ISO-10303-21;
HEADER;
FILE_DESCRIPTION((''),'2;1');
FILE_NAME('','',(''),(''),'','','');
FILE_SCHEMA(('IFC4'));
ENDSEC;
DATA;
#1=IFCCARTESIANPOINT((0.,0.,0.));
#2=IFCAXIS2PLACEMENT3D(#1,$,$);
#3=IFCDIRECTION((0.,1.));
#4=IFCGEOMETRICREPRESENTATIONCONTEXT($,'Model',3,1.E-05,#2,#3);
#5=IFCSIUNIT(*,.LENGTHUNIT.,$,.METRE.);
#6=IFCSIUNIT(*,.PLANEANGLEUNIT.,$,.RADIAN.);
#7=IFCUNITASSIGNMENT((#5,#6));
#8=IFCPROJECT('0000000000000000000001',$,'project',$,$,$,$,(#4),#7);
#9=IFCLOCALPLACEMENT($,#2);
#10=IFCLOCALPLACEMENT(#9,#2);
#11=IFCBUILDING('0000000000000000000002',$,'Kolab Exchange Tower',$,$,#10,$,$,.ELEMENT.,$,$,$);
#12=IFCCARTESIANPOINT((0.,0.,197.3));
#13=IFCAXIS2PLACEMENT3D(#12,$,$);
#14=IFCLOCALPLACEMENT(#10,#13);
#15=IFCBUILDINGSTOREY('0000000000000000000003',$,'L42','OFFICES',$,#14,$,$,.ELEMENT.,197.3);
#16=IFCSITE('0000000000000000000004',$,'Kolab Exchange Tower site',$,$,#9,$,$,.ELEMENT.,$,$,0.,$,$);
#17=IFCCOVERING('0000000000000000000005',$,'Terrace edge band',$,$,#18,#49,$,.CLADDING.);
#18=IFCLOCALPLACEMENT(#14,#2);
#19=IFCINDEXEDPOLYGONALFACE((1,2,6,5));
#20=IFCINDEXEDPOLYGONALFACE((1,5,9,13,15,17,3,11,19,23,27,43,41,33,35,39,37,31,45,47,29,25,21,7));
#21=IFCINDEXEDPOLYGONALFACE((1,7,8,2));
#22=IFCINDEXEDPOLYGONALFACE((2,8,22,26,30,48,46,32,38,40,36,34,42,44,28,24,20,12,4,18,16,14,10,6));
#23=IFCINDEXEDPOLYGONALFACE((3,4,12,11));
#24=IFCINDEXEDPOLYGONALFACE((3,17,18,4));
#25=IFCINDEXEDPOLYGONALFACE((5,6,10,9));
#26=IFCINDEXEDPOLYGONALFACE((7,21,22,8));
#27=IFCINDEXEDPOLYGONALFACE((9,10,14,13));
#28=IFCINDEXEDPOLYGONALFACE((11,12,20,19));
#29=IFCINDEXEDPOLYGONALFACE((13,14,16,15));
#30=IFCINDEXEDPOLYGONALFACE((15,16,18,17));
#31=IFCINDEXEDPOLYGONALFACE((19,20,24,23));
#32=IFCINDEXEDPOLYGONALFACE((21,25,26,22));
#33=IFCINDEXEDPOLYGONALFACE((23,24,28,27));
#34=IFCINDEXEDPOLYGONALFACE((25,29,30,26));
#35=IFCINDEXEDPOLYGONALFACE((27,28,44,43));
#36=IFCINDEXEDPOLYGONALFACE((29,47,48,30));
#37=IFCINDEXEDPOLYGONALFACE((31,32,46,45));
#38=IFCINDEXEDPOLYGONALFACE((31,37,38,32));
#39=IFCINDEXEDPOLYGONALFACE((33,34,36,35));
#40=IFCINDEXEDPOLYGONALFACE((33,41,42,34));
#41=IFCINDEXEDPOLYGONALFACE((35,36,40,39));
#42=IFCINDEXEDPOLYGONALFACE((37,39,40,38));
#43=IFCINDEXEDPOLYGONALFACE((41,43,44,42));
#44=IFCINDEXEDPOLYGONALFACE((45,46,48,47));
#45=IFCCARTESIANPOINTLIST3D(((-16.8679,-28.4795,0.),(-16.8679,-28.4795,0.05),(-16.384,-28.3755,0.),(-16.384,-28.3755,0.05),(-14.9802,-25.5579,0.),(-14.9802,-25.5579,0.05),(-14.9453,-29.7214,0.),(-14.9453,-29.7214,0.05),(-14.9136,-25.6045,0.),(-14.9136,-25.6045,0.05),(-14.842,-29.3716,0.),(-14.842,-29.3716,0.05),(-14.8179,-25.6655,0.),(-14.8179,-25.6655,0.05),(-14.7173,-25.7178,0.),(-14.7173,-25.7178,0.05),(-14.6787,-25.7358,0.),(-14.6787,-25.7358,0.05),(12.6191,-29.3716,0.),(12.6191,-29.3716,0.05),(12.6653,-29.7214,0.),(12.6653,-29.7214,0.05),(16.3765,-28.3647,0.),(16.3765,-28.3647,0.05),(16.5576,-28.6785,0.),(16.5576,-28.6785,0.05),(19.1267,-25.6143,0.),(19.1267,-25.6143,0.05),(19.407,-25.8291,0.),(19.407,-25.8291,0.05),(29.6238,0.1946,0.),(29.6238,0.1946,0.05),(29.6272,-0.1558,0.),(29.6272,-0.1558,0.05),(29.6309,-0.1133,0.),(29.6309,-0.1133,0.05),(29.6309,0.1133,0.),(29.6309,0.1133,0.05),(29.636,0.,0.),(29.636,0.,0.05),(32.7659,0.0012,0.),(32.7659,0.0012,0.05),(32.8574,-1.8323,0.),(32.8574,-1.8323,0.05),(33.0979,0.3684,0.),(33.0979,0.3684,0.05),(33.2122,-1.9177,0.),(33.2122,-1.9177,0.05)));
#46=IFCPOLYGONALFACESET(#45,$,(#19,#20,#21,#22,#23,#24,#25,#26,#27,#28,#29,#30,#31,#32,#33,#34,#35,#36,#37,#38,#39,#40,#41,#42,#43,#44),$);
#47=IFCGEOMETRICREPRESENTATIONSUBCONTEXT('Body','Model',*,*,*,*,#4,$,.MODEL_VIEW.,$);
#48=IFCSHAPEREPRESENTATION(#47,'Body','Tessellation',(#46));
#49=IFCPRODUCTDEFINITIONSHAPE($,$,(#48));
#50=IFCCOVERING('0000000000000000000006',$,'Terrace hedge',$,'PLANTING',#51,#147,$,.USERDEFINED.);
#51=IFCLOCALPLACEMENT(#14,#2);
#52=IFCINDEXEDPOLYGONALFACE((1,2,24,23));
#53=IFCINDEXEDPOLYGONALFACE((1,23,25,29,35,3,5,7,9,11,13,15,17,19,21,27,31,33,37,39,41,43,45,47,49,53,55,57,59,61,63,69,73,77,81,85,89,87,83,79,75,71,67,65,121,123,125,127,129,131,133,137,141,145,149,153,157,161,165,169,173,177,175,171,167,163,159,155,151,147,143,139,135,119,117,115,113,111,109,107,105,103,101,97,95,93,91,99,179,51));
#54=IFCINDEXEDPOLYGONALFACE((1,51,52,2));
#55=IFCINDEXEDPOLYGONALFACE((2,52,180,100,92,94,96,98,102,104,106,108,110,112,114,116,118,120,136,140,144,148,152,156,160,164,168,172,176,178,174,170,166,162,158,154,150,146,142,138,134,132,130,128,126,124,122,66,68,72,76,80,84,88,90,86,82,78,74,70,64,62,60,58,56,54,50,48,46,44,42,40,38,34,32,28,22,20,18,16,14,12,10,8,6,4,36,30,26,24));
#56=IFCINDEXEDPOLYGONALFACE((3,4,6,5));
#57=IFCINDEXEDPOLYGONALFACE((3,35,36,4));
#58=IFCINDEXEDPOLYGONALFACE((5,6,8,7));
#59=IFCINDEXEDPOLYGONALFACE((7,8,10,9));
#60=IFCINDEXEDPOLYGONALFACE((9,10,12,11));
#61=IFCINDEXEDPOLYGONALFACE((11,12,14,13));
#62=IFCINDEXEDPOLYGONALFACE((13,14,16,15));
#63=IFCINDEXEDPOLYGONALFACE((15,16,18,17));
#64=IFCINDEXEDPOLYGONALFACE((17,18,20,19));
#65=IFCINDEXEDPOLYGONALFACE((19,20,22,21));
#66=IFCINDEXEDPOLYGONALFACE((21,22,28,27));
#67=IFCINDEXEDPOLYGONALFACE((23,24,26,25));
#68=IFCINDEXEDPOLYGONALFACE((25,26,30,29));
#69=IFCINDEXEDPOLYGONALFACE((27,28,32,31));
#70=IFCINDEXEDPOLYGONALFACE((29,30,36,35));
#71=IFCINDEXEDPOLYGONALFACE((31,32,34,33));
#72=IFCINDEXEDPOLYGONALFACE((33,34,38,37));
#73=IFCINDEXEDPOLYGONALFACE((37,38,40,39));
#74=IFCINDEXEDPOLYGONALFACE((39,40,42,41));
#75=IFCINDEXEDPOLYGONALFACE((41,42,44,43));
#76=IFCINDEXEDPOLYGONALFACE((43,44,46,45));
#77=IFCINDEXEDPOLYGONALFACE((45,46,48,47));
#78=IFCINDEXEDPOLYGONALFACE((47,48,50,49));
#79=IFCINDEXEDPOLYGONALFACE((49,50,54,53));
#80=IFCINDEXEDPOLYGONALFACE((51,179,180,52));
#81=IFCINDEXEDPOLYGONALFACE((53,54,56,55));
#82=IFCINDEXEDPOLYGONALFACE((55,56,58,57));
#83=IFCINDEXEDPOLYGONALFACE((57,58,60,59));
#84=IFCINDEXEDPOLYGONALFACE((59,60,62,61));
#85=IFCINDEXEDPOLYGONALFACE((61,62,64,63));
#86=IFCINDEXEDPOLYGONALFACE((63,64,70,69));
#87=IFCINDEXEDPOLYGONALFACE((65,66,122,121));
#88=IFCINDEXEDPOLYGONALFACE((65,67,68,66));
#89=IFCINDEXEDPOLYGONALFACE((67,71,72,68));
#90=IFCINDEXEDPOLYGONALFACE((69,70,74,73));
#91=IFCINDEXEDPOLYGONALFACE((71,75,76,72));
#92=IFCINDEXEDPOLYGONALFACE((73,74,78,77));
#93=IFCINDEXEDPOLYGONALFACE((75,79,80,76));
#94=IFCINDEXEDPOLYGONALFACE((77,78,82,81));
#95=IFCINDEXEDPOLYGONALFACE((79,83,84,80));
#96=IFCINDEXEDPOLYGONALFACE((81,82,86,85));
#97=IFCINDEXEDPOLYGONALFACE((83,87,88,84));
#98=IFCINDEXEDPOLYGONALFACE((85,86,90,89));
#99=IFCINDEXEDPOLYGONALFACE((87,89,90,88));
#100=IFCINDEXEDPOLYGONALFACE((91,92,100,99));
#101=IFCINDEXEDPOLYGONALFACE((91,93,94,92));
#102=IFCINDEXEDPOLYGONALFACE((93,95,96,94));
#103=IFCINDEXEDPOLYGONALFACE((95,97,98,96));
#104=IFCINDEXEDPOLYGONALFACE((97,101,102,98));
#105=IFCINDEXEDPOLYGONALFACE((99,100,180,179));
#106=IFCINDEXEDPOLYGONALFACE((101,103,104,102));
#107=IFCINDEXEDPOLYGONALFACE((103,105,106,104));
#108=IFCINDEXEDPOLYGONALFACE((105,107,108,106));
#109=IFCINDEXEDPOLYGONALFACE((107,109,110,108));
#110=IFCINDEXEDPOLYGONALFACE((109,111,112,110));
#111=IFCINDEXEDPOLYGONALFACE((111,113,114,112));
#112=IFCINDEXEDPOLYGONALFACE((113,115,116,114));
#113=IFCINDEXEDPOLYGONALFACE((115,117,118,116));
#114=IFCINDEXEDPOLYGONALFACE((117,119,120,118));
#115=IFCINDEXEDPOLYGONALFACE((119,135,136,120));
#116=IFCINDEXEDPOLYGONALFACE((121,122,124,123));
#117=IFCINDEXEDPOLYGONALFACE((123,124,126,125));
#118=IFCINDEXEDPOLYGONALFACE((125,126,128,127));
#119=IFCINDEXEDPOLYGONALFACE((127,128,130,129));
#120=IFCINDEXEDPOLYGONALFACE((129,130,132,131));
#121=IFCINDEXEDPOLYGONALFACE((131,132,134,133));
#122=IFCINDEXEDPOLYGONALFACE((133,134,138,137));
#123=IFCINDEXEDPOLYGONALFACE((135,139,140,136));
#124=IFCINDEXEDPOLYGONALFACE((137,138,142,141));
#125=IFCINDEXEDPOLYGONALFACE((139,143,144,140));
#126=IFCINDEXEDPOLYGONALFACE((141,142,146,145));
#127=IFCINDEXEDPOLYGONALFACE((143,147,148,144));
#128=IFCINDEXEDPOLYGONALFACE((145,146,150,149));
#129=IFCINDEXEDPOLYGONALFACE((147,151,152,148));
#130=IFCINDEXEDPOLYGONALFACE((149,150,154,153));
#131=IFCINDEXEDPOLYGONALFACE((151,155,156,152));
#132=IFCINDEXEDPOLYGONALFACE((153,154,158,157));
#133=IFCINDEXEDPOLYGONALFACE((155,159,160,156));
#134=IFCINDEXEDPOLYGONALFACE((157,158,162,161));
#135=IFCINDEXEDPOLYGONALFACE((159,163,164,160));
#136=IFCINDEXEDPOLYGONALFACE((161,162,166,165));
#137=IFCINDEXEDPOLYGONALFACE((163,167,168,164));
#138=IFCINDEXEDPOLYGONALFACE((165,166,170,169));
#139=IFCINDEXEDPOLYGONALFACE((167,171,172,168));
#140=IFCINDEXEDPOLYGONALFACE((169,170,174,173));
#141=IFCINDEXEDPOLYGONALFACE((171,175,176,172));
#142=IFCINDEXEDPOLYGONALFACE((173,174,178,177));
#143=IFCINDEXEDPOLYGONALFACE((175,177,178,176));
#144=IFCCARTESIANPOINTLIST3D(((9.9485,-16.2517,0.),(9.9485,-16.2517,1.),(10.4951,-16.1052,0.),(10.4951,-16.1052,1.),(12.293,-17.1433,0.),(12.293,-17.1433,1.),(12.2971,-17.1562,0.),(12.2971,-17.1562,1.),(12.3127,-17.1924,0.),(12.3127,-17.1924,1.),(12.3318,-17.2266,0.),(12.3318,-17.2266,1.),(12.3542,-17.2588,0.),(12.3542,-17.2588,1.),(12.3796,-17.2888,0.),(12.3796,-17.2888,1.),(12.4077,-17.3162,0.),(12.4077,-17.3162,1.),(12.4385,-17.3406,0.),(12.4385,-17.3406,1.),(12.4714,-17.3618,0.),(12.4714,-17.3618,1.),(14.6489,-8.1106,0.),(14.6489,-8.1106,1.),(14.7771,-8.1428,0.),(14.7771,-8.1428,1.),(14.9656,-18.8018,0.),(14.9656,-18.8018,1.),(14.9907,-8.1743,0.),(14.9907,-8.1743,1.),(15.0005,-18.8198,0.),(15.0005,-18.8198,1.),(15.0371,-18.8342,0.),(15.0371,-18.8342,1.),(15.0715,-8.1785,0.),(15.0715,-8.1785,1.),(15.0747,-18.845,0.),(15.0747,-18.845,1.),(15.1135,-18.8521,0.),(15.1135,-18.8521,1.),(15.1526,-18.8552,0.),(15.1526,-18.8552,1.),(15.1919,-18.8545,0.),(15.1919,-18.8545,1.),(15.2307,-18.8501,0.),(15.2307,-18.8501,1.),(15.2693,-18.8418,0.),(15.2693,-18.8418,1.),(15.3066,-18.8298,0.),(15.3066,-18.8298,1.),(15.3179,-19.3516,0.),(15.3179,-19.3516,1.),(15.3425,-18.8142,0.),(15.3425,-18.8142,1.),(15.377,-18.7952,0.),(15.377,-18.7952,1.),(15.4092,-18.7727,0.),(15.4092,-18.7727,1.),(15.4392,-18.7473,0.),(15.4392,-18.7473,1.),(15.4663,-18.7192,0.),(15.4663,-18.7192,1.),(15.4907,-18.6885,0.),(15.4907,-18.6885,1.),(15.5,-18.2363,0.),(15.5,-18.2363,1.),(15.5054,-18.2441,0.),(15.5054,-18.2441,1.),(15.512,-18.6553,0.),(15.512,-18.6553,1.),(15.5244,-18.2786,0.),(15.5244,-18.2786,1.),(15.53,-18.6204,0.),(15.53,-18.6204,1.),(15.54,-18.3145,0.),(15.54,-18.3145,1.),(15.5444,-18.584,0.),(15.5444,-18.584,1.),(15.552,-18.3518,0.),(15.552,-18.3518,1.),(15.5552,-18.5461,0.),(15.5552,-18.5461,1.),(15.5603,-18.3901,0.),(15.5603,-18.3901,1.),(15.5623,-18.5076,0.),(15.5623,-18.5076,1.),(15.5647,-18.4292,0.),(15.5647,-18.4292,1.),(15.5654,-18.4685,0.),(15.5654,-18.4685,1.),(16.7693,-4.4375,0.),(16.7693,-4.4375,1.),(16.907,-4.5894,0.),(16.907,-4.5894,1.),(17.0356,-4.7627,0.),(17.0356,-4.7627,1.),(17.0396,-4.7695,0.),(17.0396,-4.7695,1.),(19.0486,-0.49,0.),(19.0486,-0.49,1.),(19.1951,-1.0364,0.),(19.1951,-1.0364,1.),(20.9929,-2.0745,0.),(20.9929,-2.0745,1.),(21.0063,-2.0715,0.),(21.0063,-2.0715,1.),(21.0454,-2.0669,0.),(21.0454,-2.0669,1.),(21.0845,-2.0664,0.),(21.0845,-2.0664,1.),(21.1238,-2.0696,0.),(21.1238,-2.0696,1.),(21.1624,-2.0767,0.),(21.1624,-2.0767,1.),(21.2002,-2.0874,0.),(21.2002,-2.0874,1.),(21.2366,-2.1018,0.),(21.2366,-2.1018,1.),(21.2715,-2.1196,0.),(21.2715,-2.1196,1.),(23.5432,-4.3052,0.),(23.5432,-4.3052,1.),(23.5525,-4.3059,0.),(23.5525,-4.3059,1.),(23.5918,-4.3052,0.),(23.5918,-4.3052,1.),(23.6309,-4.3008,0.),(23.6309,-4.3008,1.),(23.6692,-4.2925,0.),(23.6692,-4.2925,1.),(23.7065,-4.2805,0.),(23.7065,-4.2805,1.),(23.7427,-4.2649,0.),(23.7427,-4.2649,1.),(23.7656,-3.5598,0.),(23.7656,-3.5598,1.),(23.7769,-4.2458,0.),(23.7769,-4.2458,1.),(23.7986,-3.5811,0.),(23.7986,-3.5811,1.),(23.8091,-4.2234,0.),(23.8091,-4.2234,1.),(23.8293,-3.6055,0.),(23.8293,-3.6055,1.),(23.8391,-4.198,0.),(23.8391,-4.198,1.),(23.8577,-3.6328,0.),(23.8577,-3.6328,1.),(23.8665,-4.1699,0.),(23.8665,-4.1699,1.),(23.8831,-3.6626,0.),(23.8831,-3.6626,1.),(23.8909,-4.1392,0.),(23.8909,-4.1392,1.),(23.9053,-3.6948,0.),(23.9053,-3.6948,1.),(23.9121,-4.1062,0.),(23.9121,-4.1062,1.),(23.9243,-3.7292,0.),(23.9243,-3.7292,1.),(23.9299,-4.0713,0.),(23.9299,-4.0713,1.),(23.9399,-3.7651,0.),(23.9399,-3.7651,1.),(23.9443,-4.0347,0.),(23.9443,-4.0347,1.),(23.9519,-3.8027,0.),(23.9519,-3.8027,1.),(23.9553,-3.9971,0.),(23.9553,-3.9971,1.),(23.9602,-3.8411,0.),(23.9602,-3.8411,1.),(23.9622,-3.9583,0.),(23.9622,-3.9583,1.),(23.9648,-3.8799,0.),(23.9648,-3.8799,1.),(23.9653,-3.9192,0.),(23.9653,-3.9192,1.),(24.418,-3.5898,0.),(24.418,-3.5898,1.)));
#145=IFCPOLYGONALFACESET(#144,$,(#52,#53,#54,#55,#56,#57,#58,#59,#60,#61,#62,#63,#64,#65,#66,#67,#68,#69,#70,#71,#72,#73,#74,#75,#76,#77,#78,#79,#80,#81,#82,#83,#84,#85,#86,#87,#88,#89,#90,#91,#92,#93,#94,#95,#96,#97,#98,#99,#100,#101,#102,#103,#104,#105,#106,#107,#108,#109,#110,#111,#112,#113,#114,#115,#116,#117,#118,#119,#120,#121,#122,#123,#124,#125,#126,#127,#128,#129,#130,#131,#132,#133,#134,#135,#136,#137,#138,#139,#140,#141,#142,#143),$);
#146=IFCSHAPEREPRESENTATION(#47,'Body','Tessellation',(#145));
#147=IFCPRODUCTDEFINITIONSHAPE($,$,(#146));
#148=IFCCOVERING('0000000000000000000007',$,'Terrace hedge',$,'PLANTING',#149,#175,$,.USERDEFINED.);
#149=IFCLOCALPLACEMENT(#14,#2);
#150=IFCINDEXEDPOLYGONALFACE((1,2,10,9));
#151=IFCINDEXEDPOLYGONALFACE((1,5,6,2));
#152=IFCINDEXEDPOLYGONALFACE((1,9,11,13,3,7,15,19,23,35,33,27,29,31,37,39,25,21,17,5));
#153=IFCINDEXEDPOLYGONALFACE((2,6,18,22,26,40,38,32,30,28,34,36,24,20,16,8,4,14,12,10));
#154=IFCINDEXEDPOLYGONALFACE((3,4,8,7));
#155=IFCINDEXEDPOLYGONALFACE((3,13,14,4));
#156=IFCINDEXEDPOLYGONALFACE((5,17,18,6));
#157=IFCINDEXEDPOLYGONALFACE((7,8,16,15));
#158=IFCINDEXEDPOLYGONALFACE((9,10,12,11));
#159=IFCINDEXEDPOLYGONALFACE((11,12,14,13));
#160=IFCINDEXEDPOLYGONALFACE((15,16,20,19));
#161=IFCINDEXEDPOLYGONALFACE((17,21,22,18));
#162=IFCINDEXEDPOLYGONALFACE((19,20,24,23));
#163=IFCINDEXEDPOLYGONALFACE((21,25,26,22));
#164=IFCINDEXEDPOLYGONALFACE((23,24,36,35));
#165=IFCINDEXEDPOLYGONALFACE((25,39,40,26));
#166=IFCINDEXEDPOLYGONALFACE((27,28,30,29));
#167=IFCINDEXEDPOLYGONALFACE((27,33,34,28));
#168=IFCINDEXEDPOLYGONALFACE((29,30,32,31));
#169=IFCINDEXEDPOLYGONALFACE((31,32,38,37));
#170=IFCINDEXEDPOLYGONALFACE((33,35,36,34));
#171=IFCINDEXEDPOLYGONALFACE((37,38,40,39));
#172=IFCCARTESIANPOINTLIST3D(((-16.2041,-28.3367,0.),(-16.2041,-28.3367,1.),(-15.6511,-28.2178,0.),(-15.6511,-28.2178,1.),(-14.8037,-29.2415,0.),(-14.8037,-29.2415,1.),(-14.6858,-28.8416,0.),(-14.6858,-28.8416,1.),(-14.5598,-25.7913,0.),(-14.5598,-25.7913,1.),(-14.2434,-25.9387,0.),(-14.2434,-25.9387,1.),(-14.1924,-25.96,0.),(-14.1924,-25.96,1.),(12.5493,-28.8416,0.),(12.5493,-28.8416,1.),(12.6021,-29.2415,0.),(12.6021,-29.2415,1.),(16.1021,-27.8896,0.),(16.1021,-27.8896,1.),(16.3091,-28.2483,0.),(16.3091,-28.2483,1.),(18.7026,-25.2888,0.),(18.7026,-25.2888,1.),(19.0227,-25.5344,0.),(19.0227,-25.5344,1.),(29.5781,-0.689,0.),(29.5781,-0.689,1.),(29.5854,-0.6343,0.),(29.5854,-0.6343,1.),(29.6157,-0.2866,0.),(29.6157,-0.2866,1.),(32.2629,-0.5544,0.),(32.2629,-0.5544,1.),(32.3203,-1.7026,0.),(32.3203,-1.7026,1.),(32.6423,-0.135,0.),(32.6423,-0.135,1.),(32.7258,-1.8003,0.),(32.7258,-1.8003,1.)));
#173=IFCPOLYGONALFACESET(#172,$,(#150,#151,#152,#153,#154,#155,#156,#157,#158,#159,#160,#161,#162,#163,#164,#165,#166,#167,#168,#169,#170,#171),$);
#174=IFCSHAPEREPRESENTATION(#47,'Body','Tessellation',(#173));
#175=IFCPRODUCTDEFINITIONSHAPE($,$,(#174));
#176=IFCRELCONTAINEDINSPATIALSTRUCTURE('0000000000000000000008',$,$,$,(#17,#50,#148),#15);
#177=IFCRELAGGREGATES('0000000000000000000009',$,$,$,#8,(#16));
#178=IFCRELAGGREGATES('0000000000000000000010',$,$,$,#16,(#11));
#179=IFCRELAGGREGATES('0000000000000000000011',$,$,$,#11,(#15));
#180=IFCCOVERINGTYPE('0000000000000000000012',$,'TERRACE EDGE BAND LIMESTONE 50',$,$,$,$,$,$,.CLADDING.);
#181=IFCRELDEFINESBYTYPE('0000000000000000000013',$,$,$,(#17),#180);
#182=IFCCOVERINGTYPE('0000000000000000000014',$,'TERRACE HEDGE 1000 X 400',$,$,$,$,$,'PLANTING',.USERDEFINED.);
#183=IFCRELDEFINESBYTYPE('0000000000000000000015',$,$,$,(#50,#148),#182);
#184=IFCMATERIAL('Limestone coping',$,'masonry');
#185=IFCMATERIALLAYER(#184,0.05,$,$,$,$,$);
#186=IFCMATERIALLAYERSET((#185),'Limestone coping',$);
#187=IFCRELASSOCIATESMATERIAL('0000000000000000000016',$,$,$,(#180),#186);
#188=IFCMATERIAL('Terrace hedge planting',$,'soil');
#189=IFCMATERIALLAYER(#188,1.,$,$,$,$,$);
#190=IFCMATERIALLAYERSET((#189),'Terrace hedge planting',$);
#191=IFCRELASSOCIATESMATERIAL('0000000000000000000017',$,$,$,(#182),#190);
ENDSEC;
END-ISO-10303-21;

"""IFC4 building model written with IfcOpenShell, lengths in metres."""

from ifc_helpers import new_model, si_unit, direction, frame, origin, place, context, subcontext, project, spatial, polyline, outline, extrude, material, layer, layer_set, type_object, element, save


model = new_model("IFC4")

# Units and contexts
model_context = context("Model", 3, precision=1e-05, world=origin(), true_north=direction((0.0, 1.0)))
body_context = subcontext(model_context, "Body", "Model", "MODEL_VIEW")
ifc_project = project(units=[si_unit("LENGTHUNIT", "METRE"), si_unit("PLANEANGLEUNIT", "RADIAN")], contexts=[model_context])

# Site, building, storey
site_placement = place(None, origin())
site = spatial("IfcSite", under=ifc_project, at=site_placement, Name="Kolab Exchange Tower site", CompositionType="ELEMENT", RefElevation=0.0)
building_placement = place(site_placement, origin())
building = spatial("IfcBuilding", under=site, at=building_placement, Name="Kolab Exchange Tower", CompositionType="ELEMENT")
storey_placement = place(building_placement, frame((0.0, 0.0, 197.3)))
storey = spatial("IfcBuildingStorey", under=building, at=storey_placement, Name="L42", Description="OFFICES", CompositionType="ELEMENT", Elevation=197.3)

# Coverings
ifc_material_1 = material(Name="Limestone coping", Category="masonry")
ifc_layer_1 = layer(ifc_material_1, 0.05)
ifc_layer_set_1 = layer_set([ifc_layer_1], Name="Limestone coping")
covering_type_1 = type_object("IfcCoveringType", Name="TERRACE EDGE BAND LIMESTONE 50", PredefinedType="CLADDING", material=ifc_layer_set_1)
covering_1_placement = place(storey_placement, origin())
element("IfcCovering", 1, at=covering_1_placement, inside=storey, type_object=covering_type_1, Name="Terrace edge band", PredefinedType="CLADDING", context=body_context, shape_type="SweptSolid", body=[
    extrude(outline(polyline([(33.2122, -1.9177), (19.407, -25.8291), (16.5576, -28.6785), (12.6653, -29.7214), (-14.9453, -29.7214), (-16.8679, -28.4795), (-14.9802, -25.5579), (-14.9136, -25.6045), (-14.8179, -25.6655), (-14.7173, -25.7178), (-14.6787, -25.7358), (-16.384, -28.3755), (-14.842, -29.3716), (12.6191, -29.3716), (16.3765, -28.3647), (19.1267, -25.6143), (32.8574, -1.8323), (32.7659, 0.0012), (29.6272, -0.1558), (29.6309, -0.1133), (29.636, 0.0), (29.6309, 0.1133), (29.6238, 0.1946), (33.0979, 0.3684), (33.2122, -1.9177)])), origin(), (0.0, 0.0, 1.0), 0.05),
])
ifc_material_2 = material(Name="Terrace hedge planting", Category="soil")
ifc_layer_2 = layer(ifc_material_2, 1.0)
ifc_layer_set_2 = layer_set([ifc_layer_2], Name="Terrace hedge planting")
covering_type_2 = type_object("IfcCoveringType", Name="TERRACE HEDGE 1000 X 400", ElementType="PLANTING", PredefinedType="USERDEFINED", material=ifc_layer_set_2)
covering_2_placement = place(storey_placement, origin())
element("IfcCovering", 2, at=covering_2_placement, inside=storey, type_object=covering_type_2, Name="Terrace hedge", ObjectType="PLANTING", PredefinedType="USERDEFINED", context=body_context, shape_type="SweptSolid", body=[
    extrude(outline(polyline([(15.3179, -19.3516), (9.9485, -16.2517), (14.6489, -8.1106), (14.7771, -8.1428), (14.9907, -8.1743), (15.0715, -8.1785), (10.4951, -16.1052), (12.293, -17.1433), (12.2971, -17.1562), (12.3127, -17.1924), (12.3318, -17.2266), (12.3542, -17.2588), (12.3796, -17.2888), (12.4077, -17.3162), (12.4385, -17.3406), (12.4714, -17.3618), (14.9656, -18.8018), (15.0005, -18.8198), (15.0371, -18.8342), (15.0747, -18.845), (15.1135, -18.8521), (15.1526, -18.8552), (15.1919, -18.8545), (15.2307, -18.8501), (15.2693, -18.8418), (15.3066, -18.8298), (15.3425, -18.8142), (15.377, -18.7952), (15.4092, -18.7727), (15.4392, -18.7473), (15.4663, -18.7192), (15.4907, -18.6885), (15.512, -18.6553), (15.53, -18.6204), (15.5444, -18.584), (15.5552, -18.5461), (15.5623, -18.5076), (15.5654, -18.4685), (15.5647, -18.4292), (15.5603, -18.3901), (15.552, -18.3518), (15.54, -18.3145), (15.5244, -18.2786), (15.5054, -18.2441), (15.5, -18.2363), (23.5432, -4.3052), (23.5525, -4.3059), (23.5918, -4.3052), (23.6309, -4.3008), (23.6692, -4.2925), (23.7065, -4.2805), (23.7427, -4.2649), (23.7769, -4.2458), (23.8091, -4.2234), (23.8391, -4.198), (23.8665, -4.1699), (23.8909, -4.1392), (23.9121, -4.1062), (23.9299, -4.0713), (23.9443, -4.0347), (23.9553, -3.9971), (23.9622, -3.9583), (23.9653, -3.9192), (23.9648, -3.8799), (23.9602, -3.8411), (23.9519, -3.8027), (23.9399, -3.7651), (23.9243, -3.7292), (23.9053, -3.6948), (23.8831, -3.6626), (23.8577, -3.6328), (23.8293, -3.6055), (23.7986, -3.5811), (23.7656, -3.5598), (21.2715, -2.1196), (21.2366, -2.1018), (21.2002, -2.0874), (21.1624, -2.0767), (21.1238, -2.0696), (21.0845, -2.0664), (21.0454, -2.0669), (21.0063, -2.0715), (20.9929, -2.0745), (19.1951, -1.0364), (17.0396, -4.7695), (17.0356, -4.7627), (16.907, -4.5894), (16.7693, -4.4375), (19.0486, -0.49), (24.418, -3.5898), (15.3179, -19.3516)])), origin(), (0.0, 0.0, 1.0), 1.0),
])
covering_3_placement = place(storey_placement, origin())
element("IfcCovering", 3, at=covering_3_placement, inside=storey, type_object=covering_type_2, Name="Terrace hedge", ObjectType="PLANTING", PredefinedType="USERDEFINED", context=body_context, shape_type="SweptSolid", body=[
    extrude(outline(polyline([(32.6423, -0.135), (32.7258, -1.8003), (19.0227, -25.5344), (16.3091, -28.2483), (12.6021, -29.2415), (-14.8037, -29.2415), (-16.2041, -28.3367), (-14.5598, -25.7913), (-14.2434, -25.9387), (-14.1924, -25.96), (-15.6511, -28.2178), (-14.6858, -28.8416), (12.5493, -28.8416), (16.1021, -27.8896), (18.7026, -25.2888), (32.3203, -1.7026), (32.2629, -0.5544), (29.5781, -0.689), (29.5854, -0.6343), (29.6157, -0.2866), (32.6423, -0.135)])), origin(), (0.0, 0.0, 1.0), 1.0),
])

save(model, "model.ifc")
